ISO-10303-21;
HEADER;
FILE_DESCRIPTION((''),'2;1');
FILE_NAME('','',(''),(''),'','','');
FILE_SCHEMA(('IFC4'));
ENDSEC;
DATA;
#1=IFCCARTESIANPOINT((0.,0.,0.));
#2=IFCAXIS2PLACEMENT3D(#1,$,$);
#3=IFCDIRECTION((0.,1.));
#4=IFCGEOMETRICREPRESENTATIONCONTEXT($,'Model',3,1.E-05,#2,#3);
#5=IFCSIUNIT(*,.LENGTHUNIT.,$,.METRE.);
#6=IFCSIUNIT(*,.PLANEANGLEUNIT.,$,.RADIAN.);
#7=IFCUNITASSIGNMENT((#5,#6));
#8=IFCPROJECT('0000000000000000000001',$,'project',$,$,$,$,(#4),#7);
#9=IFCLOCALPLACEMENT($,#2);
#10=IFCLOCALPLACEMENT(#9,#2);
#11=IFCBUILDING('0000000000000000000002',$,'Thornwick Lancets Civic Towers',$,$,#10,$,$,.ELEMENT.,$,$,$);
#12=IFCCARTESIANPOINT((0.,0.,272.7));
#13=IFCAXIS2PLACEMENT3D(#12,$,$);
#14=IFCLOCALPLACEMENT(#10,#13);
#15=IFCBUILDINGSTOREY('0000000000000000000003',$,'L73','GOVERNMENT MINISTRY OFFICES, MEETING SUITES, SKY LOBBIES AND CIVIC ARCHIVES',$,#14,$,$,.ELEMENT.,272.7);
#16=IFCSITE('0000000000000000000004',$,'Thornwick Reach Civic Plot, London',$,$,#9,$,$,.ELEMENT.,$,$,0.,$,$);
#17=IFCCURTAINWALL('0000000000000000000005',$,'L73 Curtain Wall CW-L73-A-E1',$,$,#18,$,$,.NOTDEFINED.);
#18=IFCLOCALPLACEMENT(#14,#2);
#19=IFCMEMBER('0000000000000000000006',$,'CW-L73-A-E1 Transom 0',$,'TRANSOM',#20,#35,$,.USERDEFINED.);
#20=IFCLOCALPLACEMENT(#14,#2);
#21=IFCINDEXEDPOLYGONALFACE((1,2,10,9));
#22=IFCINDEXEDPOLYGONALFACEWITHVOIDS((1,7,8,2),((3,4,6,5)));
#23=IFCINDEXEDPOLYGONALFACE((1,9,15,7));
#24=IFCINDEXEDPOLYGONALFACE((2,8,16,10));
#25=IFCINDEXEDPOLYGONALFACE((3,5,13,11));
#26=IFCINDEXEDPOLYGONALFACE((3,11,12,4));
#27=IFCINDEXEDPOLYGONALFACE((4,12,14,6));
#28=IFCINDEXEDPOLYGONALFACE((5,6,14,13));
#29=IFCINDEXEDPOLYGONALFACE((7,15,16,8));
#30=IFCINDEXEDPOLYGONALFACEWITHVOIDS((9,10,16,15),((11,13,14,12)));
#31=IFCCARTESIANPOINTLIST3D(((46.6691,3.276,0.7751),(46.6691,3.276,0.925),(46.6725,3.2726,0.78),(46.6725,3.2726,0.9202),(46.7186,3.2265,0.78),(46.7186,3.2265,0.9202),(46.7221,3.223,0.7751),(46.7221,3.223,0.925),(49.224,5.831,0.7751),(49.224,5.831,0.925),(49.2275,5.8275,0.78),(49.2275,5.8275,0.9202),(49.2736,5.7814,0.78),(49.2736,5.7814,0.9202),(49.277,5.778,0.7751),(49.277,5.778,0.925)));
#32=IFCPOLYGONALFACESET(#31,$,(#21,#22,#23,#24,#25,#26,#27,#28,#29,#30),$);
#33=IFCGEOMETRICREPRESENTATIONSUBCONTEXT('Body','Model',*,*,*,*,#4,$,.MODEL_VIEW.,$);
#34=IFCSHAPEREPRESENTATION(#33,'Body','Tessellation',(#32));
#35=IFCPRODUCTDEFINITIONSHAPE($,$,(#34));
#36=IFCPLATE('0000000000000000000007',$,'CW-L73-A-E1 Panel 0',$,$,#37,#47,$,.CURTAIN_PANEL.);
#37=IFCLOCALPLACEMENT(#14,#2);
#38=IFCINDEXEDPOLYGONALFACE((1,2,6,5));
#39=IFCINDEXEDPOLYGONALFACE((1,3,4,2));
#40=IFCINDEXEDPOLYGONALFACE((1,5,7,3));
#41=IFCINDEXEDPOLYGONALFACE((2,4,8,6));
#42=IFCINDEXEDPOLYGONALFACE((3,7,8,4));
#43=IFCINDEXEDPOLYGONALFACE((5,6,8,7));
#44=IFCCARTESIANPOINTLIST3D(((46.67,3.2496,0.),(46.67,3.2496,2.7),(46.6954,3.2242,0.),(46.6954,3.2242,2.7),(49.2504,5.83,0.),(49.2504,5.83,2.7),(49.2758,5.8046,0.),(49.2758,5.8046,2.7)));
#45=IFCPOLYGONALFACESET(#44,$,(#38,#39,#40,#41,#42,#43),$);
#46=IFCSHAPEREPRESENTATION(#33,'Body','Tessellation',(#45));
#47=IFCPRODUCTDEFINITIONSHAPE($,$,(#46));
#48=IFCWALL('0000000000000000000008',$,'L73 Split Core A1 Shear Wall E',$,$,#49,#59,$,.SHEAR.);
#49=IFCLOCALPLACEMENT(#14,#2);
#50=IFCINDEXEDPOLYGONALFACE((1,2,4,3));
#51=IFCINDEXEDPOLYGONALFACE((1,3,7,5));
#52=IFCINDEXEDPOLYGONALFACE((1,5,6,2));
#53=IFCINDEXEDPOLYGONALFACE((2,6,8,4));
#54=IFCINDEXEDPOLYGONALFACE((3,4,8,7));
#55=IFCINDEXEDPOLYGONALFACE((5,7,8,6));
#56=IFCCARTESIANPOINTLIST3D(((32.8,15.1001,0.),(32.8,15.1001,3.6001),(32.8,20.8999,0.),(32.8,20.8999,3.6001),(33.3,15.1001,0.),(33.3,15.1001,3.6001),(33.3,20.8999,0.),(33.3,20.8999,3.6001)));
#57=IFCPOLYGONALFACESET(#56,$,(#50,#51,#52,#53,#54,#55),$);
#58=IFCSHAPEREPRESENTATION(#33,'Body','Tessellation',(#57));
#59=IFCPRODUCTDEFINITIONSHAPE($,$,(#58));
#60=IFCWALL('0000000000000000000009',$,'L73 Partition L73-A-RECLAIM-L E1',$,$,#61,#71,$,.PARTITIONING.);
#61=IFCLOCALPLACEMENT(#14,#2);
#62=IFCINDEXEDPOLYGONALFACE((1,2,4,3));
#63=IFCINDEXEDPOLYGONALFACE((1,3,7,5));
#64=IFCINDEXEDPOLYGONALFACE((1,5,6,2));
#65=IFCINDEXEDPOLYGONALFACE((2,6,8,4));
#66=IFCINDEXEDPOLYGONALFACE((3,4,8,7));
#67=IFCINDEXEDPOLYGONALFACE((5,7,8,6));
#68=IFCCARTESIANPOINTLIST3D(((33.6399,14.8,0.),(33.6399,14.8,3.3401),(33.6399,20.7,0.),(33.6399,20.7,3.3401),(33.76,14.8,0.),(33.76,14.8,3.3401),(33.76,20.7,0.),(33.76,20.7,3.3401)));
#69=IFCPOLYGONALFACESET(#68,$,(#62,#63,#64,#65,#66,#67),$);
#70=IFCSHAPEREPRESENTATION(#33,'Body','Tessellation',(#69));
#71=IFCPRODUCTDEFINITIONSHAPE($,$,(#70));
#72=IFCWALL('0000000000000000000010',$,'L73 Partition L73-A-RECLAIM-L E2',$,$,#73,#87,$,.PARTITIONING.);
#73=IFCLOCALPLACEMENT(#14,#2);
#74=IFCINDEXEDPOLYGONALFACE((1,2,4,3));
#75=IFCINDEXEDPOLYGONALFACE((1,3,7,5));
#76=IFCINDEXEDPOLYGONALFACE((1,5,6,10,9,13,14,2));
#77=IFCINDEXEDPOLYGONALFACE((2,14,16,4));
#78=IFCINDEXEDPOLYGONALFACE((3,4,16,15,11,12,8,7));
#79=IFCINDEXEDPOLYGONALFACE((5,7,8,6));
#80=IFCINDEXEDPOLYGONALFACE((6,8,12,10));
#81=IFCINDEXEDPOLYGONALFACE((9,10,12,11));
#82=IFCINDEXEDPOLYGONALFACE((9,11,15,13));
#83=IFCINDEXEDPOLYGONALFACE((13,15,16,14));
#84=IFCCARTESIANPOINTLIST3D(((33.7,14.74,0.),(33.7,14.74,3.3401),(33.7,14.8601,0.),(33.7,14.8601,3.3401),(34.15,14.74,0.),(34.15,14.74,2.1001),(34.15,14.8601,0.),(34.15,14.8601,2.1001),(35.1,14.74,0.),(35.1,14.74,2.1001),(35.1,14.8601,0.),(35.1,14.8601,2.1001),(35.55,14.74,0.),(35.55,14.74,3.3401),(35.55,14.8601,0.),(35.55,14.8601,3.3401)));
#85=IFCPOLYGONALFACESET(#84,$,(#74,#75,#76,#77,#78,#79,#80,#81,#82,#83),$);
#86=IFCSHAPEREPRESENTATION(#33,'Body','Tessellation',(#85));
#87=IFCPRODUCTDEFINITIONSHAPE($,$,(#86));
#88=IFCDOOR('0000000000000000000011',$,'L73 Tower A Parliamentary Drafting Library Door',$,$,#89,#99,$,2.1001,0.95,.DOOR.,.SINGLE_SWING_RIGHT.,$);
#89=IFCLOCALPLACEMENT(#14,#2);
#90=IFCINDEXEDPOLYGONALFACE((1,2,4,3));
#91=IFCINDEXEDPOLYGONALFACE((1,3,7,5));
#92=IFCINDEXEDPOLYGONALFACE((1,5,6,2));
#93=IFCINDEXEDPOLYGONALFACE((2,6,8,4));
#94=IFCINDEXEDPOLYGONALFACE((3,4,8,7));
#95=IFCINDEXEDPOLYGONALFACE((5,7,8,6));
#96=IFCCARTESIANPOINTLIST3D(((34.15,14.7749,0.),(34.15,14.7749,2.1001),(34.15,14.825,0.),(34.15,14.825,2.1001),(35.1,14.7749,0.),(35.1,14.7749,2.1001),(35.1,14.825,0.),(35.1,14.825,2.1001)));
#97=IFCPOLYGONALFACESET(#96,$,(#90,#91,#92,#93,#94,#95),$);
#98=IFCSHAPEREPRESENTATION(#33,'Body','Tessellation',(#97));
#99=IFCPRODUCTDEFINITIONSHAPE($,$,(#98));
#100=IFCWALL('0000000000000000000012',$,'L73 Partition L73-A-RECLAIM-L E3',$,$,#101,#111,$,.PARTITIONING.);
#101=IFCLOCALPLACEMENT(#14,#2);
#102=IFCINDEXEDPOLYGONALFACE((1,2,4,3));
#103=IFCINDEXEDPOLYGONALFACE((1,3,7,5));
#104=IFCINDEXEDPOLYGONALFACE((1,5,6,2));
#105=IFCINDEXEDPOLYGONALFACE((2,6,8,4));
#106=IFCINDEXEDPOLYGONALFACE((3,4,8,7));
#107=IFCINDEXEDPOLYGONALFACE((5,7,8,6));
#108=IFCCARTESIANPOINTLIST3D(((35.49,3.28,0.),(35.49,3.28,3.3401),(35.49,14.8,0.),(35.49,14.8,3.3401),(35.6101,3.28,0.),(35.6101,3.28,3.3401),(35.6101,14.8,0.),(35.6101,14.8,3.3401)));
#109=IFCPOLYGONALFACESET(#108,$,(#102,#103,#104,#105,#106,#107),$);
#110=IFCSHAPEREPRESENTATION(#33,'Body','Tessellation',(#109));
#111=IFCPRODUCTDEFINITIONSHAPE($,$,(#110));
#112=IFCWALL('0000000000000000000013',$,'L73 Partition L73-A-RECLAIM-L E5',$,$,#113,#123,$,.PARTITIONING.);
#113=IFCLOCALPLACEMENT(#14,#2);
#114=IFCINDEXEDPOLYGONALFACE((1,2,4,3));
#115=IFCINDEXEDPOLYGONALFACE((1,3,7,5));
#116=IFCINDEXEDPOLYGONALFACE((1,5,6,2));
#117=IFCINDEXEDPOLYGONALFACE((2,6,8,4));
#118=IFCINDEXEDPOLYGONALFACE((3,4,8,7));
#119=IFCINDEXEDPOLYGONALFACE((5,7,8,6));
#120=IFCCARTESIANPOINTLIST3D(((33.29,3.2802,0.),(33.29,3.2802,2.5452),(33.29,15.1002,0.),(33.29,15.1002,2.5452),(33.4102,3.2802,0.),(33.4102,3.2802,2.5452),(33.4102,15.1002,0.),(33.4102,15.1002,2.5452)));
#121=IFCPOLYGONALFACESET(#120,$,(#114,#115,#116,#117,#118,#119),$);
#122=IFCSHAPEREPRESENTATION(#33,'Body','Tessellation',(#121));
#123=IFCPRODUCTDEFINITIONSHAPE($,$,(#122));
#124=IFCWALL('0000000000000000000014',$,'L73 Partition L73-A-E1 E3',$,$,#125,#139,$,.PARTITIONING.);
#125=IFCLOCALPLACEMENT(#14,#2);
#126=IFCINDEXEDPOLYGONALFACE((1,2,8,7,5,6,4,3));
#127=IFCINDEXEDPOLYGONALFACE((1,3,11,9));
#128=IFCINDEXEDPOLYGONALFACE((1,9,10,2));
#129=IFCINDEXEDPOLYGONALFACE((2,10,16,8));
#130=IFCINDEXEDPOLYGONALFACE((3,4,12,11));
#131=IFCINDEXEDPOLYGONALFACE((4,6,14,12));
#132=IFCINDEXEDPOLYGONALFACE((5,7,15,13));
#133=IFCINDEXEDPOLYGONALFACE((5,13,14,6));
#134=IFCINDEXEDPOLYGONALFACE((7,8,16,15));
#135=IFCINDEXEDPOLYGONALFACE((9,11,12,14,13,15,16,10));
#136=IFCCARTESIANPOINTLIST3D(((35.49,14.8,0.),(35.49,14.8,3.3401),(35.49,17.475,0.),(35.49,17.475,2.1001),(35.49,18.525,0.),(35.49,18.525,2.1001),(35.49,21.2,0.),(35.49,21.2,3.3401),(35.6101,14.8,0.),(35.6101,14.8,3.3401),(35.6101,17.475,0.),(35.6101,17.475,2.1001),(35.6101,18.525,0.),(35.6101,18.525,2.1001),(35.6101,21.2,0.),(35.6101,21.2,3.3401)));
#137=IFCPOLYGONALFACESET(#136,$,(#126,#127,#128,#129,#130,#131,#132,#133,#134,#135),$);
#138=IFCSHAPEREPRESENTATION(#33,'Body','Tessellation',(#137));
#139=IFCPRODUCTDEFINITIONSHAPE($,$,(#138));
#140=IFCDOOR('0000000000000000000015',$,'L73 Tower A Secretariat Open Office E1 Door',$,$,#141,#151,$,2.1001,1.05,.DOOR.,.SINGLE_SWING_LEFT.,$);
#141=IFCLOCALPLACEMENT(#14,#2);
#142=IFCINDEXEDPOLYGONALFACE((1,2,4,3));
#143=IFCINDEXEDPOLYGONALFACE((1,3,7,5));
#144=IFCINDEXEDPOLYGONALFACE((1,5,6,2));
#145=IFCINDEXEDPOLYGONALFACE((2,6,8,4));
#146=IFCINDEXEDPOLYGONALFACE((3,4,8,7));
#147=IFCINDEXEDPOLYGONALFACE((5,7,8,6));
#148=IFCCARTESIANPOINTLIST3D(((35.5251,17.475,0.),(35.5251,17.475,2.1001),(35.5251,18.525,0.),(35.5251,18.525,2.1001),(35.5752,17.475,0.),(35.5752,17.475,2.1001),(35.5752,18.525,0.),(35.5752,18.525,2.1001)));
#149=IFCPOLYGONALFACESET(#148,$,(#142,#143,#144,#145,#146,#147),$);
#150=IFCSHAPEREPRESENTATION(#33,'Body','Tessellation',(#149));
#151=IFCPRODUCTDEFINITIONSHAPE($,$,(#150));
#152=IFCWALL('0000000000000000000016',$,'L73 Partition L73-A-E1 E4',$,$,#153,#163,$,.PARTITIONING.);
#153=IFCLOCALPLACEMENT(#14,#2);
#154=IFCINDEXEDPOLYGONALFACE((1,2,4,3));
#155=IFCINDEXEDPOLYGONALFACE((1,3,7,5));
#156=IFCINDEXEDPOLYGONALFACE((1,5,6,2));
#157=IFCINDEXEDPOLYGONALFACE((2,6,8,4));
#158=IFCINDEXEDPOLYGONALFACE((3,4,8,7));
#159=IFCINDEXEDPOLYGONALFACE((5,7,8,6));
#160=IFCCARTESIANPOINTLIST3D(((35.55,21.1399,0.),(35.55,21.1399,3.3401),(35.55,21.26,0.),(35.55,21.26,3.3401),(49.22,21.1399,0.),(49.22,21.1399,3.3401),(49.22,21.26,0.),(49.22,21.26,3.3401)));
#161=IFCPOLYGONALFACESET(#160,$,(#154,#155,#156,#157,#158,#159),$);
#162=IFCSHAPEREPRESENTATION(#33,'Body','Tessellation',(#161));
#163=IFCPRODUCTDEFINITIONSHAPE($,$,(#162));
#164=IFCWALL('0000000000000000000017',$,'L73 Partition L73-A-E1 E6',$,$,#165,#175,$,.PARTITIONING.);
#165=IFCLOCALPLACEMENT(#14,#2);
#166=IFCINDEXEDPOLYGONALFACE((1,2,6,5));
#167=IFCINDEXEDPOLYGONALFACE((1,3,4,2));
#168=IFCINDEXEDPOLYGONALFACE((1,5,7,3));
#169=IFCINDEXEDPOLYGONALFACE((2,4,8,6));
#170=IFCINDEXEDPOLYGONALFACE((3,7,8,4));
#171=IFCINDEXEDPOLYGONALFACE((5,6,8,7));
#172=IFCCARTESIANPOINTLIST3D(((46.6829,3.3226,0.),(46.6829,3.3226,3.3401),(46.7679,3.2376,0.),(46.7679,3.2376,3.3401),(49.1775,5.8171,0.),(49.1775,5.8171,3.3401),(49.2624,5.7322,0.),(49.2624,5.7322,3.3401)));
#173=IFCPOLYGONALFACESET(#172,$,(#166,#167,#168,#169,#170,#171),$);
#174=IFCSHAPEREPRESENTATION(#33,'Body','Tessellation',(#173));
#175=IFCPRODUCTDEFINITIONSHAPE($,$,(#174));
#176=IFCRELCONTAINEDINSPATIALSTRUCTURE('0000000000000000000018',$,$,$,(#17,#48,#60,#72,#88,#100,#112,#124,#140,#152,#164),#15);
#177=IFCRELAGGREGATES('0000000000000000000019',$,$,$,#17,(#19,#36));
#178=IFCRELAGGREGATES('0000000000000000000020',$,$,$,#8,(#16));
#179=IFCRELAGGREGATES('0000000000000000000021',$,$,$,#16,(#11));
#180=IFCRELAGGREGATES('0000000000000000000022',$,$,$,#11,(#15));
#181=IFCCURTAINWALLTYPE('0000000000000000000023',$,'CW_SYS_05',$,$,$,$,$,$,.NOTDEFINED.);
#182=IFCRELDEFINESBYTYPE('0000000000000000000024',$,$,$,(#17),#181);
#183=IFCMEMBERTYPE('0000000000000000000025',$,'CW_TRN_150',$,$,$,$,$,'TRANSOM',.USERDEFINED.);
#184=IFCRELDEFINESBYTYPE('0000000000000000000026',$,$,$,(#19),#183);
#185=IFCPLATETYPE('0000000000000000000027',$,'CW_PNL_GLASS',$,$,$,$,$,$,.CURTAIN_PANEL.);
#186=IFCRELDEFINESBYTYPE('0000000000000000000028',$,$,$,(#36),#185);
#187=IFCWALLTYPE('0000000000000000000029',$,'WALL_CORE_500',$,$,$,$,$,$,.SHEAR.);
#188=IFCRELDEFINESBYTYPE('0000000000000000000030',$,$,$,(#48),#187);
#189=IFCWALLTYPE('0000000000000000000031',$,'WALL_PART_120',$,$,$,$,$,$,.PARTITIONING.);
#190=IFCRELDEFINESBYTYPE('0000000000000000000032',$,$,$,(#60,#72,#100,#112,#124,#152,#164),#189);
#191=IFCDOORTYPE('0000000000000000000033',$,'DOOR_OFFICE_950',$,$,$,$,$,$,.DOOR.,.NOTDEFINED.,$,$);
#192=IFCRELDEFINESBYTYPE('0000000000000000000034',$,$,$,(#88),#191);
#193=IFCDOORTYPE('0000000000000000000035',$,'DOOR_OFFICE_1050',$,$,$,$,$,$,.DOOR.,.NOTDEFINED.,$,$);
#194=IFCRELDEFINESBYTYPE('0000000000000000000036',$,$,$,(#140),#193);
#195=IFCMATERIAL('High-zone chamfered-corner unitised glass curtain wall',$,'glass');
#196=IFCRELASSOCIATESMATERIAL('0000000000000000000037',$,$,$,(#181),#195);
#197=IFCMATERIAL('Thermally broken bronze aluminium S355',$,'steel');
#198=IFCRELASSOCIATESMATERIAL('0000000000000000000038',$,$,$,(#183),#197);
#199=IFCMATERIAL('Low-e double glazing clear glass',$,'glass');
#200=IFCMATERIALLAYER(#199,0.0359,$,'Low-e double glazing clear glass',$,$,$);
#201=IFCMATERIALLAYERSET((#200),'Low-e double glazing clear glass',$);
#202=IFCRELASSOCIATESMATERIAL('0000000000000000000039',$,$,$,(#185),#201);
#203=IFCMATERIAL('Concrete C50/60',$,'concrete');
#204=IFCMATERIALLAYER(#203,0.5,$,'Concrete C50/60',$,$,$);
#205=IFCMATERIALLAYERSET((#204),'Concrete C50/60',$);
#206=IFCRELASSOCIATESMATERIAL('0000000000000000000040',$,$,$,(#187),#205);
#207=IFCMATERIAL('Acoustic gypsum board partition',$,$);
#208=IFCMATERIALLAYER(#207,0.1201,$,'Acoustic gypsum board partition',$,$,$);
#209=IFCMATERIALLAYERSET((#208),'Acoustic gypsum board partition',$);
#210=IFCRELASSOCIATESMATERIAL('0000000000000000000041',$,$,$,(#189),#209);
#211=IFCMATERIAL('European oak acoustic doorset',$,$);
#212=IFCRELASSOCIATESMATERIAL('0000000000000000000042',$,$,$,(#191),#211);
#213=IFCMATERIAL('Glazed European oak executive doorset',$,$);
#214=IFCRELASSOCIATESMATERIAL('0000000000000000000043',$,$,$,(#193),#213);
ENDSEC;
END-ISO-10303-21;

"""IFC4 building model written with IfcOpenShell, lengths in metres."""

from ifc_helpers import new_model, si_unit, direction, frame, frame_2d, origin, origin_2d, place, context, subcontext, project, spatial, rectangle, hollow_rectangle, extrude, material, layer, layer_set, material_profile, profile_set, type_object, element, fill, aggregate, save


model = new_model("IFC4")

# Units and contexts
model_context = context("Model", 3, precision=1e-05, world=origin(), true_north=direction((0.0, 1.0)))
body_context = subcontext(model_context, "Body", "Model", "MODEL_VIEW")
ifc_project = project(units=[si_unit("LENGTHUNIT", "METRE"), si_unit("PLANEANGLEUNIT", "RADIAN")], contexts=[model_context])

# Site, building, storey
site_placement = place(None, origin())
site = spatial("IfcSite", under=ifc_project, at=site_placement, Name="Thornwick Reach Civic Plot, London", CompositionType="ELEMENT", RefElevation=0.0)
building_placement = place(site_placement, origin())
building = spatial("IfcBuilding", under=site, at=building_placement, Name="Thornwick Lancets Civic Towers", CompositionType="ELEMENT")
storey_placement = place(building_placement, frame((0.0, 0.0, 272.7)))
storey = spatial("IfcBuildingStorey", under=building, at=storey_placement, Name="L73", Description="GOVERNMENT MINISTRY OFFICES, MEETING SUITES, SKY LOBBIES AND CIVIC ARCHIVES", CompositionType="ELEMENT", Elevation=272.7)

# Shared definitions
ifc_material_1 = material(Name="Concrete C50/60", Category="concrete")

# Curtain wall, member, plate
ifc_material_2 = material(Name="High-zone chamfered-corner unitised glass curtain wall", Category="glass")
curtain_wall_type = type_object("IfcCurtainWallType", Name="CW_SYS_05", PredefinedType="NOTDEFINED", material=ifc_material_2)
curtain_wall_placement = place(storey_placement, origin())
curtain_wall = element("IfcCurtainWall", 1, at=curtain_wall_placement, inside=storey, type_object=curtain_wall_type, Name="L73 Curtain Wall CW-L73-A-E1", PredefinedType="NOTDEFINED")
ifc_material_3 = material(Name="Thermally broken bronze aluminium S355", Category="steel")
ifc_material_profile_1 = material_profile(ifc_material_3, hollow_rectangle(XDim=0.075, YDim=0.1499, WallThickness=0.0049, at=origin_2d()), Name="RHS 150x75x5")
ifc_profile_set_1 = profile_set([ifc_material_profile_1], Name="Thermally broken bronze aluminium S355")
member_type_1 = type_object("IfcMemberType", Name="CW_TRN_150", ElementType="TRANSOM", PredefinedType="USERDEFINED", material=ifc_profile_set_1)
member_1_placement = place(storey_placement, frame((46.6956, 3.2495, 0.8501), z_axis=(0.707107, 0.707107, 0.0), x_axis=(-0.707107, 0.707107, 0.0)))
member_1 = element("IfcMember", 2, at=member_1_placement, type_object=member_type_1, Name="CW-L73-A-E1 Transom 0", ObjectType="TRANSOM", PredefinedType="USERDEFINED", context=body_context, shape_type="SweptSolid", body=[
    extrude(hollow_rectangle(XDim=0.075, YDim=0.1499, WallThickness=0.0049, at=origin_2d()), origin(), (0.0, 0.0, 1.0), 3.6133),
])
ifc_material_4 = material(Name="Low-e double glazing clear glass", Category="glass")
ifc_layer_1 = layer(ifc_material_4, 0.0359, Name="Low-e double glazing clear glass")
ifc_layer_set_1 = layer_set([ifc_layer_1], Name="Low-e double glazing clear glass")
plate_type = type_object("IfcPlateType", Name="CW_PNL_GLASS", PredefinedType="CURTAIN_PANEL", material=ifc_layer_set_1)
plate_placement = place(storey_placement, frame((47.9729, 4.5271, 0.0), z_axis=(0.0, 0.0, 1.0), x_axis=(0.707107, 0.707107, 0.0)))
plate = element("IfcPlate", 3, at=plate_placement, type_object=plate_type, Name="CW-L73-A-E1 Panel 0", PredefinedType="CURTAIN_PANEL", context=body_context, shape_type="SweptSolid", body=[
    extrude(rectangle(XDim=3.6492, YDim=0.0359, at=origin_2d()), origin(), (0.0, 0.0, 1.0), 2.7),
])
aggregate(curtain_wall, [member_1, plate])

# Walls
ifc_layer_2 = layer(ifc_material_1, 0.5, Name="Concrete C50/60")
ifc_layer_set_2 = layer_set([ifc_layer_2], Name="Concrete C50/60")
wall_type_1 = type_object("IfcWallType", Name="WALL_CORE_500", PredefinedType="SHEAR", material=ifc_layer_set_2)
wall_1_placement = place(storey_placement, frame((33.05, 15.1001, 0.0), z_axis=(0.0, 0.0, 1.0), x_axis=(0.0, 1.0, 0.0)))
element("IfcWall", 4, at=wall_1_placement, inside=storey, type_object=wall_type_1, Name="L73 Split Core A1 Shear Wall E", PredefinedType="SHEAR", context=body_context, shape_type="SweptSolid", body=[
    extrude(rectangle(XDim=5.7998, YDim=0.5, at=frame_2d((2.8999, 0.0))), origin(), (0.0, 0.0, 1.0), 3.6001),
])
ifc_material_5 = material(Name="Acoustic gypsum board partition")
ifc_layer_3 = layer(ifc_material_5, 0.1201, Name="Acoustic gypsum board partition")
ifc_layer_set_3 = layer_set([ifc_layer_3], Name="Acoustic gypsum board partition")
wall_type_2 = type_object("IfcWallType", Name="WALL_PART_120", PredefinedType="PARTITIONING", material=ifc_layer_set_3)
wall_2_placement = place(storey_placement, frame((33.7, 20.7, 0.0), z_axis=(0.0, 0.0, 1.0), x_axis=(0.0, -1.0, 0.0)))
element("IfcWall", 5, at=wall_2_placement, inside=storey, type_object=wall_type_2, Name="L73 Partition L73-A-RECLAIM-L E1", PredefinedType="PARTITIONING", context=body_context, shape_type="SweptSolid", body=[
    extrude(rectangle(XDim=5.8999, YDim=0.1201, at=frame_2d((2.95, 0.0))), origin(), (0.0, 0.0, 1.0), 3.3401),
])

# Wall, opening, door
wall_3_placement = place(storey_placement, frame((33.7, 14.8, 0.0), z_axis=(0.0, 0.0, 1.0), x_axis=(1.0, 0.0, 0.0)))
wall_3 = element("IfcWall", 6, at=wall_3_placement, inside=storey, type_object=wall_type_2, Name="L73 Partition L73-A-RECLAIM-L E2", PredefinedType="PARTITIONING", context=body_context, shape_type="SweptSolid", body=[
    extrude(rectangle(XDim=1.8501, YDim=0.1201, at=frame_2d((0.925, 0.0))), origin(), (0.0, 0.0, 1.0), 3.3401),
])
opening_1_placement = place(wall_3_placement, frame((0.45, 0.0, 0.0)))
opening_1 = element("IfcOpeningElement", 7, at=opening_1_placement, cuts=wall_3, PredefinedType="OPENING", context=body_context, shape_type="SweptSolid", body=[
    extrude(rectangle(XDim=0.95, YDim=2.1001, at=frame_2d((0.4751, 1.05))), frame((0.0, 0.0701, 0.0), z_axis=(0.0, -1.0, 0.0), x_axis=(1.0, 0.0, 0.0)), (0.0, 0.0, 1.0), 0.1401),
])
ifc_material_6 = material(Name="European oak acoustic doorset")
door_type_1 = type_object("IfcDoorType", Name="DOOR_OFFICE_950", OperationType="NOTDEFINED", PredefinedType="DOOR", material=ifc_material_6)
door_1_placement = place(opening_1_placement, origin())
door_1 = element("IfcDoor", 8, at=door_1_placement, inside=storey, type_object=door_type_1, Name="L73 Tower A Parliamentary Drafting Library Door", OperationType="SINGLE_SWING_RIGHT", OverallHeight=2.1001, OverallWidth=0.95, PredefinedType="DOOR", context=body_context, shape_type="SweptSolid", body=[
    extrude(rectangle(XDim=0.95, YDim=2.1001, at=frame_2d((0.4751, 1.05))), frame((0.0, 0.0249, 0.0), z_axis=(0.0, -1.0, 0.0), x_axis=(1.0, 0.0, 0.0)), (0.0, 0.0, 1.0), 0.05),
])
fill(opening_1, door_1)

# Walls
wall_4_placement = place(storey_placement, frame((35.55, 14.8, 0.0), z_axis=(0.0, 0.0, 1.0), x_axis=(0.0, -1.0, 0.0)))
element("IfcWall", 9, at=wall_4_placement, inside=storey, type_object=wall_type_2, Name="L73 Partition L73-A-RECLAIM-L E3", PredefinedType="PARTITIONING", context=body_context, shape_type="SweptSolid", body=[
    extrude(rectangle(XDim=11.52, YDim=0.1201, at=frame_2d((5.76, 0.0))), origin(), (0.0, 0.0, 1.0), 3.3401),
])
wall_5_placement = place(storey_placement, frame((33.3501, 3.28, 0.0), z_axis=(0.0, 0.0, 1.0), x_axis=(0.0, 1.0, 0.0)))
element("IfcWall", 10, at=wall_5_placement, inside=storey, type_object=wall_type_2, Name="L73 Partition L73-A-RECLAIM-L E5", PredefinedType="PARTITIONING", context=body_context, shape_type="SweptSolid", body=[
    extrude(rectangle(XDim=11.8201, YDim=0.1201, at=frame_2d((5.9102, 0.0))), origin(), (0.0, 0.0, 1.0), 2.5452),
])

# Wall, opening, door
wall_6_placement = place(storey_placement, frame((35.55, 14.8, 0.0), z_axis=(0.0, 0.0, 1.0), x_axis=(0.0, 1.0, 0.0)))
wall_6 = element("IfcWall", 11, at=wall_6_placement, inside=storey, type_object=wall_type_2, Name="L73 Partition L73-A-E1 E3", PredefinedType="PARTITIONING", context=body_context, shape_type="SweptSolid", body=[
    extrude(rectangle(XDim=6.3999, YDim=0.1201, at=frame_2d((3.2, 0.0))), origin(), (0.0, 0.0, 1.0), 3.3401),
])
opening_2_placement = place(wall_6_placement, frame((2.675, 0.0, 0.0)))
opening_2 = element("IfcOpeningElement", 12, at=opening_2_placement, cuts=wall_6, PredefinedType="OPENING", context=body_context, shape_type="SweptSolid", body=[
    extrude(rectangle(XDim=1.05, YDim=2.1001, at=frame_2d((0.5249, 1.05))), frame((0.0, 0.0701, 0.0), z_axis=(0.0, -1.0, 0.0), x_axis=(1.0, 0.0, 0.0)), (0.0, 0.0, 1.0), 0.1401),
])
ifc_material_7 = material(Name="Glazed European oak executive doorset")
door_type_2 = type_object("IfcDoorType", Name="DOOR_OFFICE_1050", OperationType="NOTDEFINED", PredefinedType="DOOR", material=ifc_material_7)
door_2_placement = place(opening_2_placement, origin())
door_2 = element("IfcDoor", 13, at=door_2_placement, inside=storey, type_object=door_type_2, Name="L73 Tower A Secretariat Open Office E1 Door", OperationType="SINGLE_SWING_LEFT", OverallHeight=2.1001, OverallWidth=1.05, PredefinedType="DOOR", context=body_context, shape_type="SweptSolid", body=[
    extrude(rectangle(XDim=1.05, YDim=2.1001, at=frame_2d((0.5249, 1.05))), frame((0.0, 0.0249, 0.0), z_axis=(0.0, -1.0, 0.0), x_axis=(1.0, 0.0, 0.0)), (0.0, 0.0, 1.0), 0.05),
])
fill(opening_2, door_2)

# Walls
wall_7_placement = place(storey_placement, frame((35.55, 21.2, 0.0), z_axis=(0.0, 0.0, 1.0), x_axis=(1.0, 0.0, 0.0)))
element("IfcWall", 14, at=wall_7_placement, inside=storey, type_object=wall_type_2, Name="L73 Partition L73-A-E1 E4", PredefinedType="PARTITIONING", context=body_context, shape_type="SweptSolid", body=[
    extrude(rectangle(XDim=13.6699, YDim=0.1201, at=frame_2d((6.835, 0.0))), origin(), (0.0, 0.0, 1.0), 3.3401),
])
wall_8_placement = place(storey_placement, frame((49.22, 5.7747, 0.0), z_axis=(0.0, 0.0, 1.0), x_axis=(-0.707107, -0.707107, 0.0)))
element("IfcWall", 15, at=wall_8_placement, inside=storey, type_object=wall_type_2, Name="L73 Partition L73-A-E1 E6", PredefinedType="PARTITIONING", context=body_context, shape_type="SweptSolid", body=[
    extrude(rectangle(XDim=3.5278, YDim=0.1201, at=frame_2d((1.7639, 0.0))), origin(), (0.0, 0.0, 1.0), 3.3401),
])

save(model, "model.ifc")
